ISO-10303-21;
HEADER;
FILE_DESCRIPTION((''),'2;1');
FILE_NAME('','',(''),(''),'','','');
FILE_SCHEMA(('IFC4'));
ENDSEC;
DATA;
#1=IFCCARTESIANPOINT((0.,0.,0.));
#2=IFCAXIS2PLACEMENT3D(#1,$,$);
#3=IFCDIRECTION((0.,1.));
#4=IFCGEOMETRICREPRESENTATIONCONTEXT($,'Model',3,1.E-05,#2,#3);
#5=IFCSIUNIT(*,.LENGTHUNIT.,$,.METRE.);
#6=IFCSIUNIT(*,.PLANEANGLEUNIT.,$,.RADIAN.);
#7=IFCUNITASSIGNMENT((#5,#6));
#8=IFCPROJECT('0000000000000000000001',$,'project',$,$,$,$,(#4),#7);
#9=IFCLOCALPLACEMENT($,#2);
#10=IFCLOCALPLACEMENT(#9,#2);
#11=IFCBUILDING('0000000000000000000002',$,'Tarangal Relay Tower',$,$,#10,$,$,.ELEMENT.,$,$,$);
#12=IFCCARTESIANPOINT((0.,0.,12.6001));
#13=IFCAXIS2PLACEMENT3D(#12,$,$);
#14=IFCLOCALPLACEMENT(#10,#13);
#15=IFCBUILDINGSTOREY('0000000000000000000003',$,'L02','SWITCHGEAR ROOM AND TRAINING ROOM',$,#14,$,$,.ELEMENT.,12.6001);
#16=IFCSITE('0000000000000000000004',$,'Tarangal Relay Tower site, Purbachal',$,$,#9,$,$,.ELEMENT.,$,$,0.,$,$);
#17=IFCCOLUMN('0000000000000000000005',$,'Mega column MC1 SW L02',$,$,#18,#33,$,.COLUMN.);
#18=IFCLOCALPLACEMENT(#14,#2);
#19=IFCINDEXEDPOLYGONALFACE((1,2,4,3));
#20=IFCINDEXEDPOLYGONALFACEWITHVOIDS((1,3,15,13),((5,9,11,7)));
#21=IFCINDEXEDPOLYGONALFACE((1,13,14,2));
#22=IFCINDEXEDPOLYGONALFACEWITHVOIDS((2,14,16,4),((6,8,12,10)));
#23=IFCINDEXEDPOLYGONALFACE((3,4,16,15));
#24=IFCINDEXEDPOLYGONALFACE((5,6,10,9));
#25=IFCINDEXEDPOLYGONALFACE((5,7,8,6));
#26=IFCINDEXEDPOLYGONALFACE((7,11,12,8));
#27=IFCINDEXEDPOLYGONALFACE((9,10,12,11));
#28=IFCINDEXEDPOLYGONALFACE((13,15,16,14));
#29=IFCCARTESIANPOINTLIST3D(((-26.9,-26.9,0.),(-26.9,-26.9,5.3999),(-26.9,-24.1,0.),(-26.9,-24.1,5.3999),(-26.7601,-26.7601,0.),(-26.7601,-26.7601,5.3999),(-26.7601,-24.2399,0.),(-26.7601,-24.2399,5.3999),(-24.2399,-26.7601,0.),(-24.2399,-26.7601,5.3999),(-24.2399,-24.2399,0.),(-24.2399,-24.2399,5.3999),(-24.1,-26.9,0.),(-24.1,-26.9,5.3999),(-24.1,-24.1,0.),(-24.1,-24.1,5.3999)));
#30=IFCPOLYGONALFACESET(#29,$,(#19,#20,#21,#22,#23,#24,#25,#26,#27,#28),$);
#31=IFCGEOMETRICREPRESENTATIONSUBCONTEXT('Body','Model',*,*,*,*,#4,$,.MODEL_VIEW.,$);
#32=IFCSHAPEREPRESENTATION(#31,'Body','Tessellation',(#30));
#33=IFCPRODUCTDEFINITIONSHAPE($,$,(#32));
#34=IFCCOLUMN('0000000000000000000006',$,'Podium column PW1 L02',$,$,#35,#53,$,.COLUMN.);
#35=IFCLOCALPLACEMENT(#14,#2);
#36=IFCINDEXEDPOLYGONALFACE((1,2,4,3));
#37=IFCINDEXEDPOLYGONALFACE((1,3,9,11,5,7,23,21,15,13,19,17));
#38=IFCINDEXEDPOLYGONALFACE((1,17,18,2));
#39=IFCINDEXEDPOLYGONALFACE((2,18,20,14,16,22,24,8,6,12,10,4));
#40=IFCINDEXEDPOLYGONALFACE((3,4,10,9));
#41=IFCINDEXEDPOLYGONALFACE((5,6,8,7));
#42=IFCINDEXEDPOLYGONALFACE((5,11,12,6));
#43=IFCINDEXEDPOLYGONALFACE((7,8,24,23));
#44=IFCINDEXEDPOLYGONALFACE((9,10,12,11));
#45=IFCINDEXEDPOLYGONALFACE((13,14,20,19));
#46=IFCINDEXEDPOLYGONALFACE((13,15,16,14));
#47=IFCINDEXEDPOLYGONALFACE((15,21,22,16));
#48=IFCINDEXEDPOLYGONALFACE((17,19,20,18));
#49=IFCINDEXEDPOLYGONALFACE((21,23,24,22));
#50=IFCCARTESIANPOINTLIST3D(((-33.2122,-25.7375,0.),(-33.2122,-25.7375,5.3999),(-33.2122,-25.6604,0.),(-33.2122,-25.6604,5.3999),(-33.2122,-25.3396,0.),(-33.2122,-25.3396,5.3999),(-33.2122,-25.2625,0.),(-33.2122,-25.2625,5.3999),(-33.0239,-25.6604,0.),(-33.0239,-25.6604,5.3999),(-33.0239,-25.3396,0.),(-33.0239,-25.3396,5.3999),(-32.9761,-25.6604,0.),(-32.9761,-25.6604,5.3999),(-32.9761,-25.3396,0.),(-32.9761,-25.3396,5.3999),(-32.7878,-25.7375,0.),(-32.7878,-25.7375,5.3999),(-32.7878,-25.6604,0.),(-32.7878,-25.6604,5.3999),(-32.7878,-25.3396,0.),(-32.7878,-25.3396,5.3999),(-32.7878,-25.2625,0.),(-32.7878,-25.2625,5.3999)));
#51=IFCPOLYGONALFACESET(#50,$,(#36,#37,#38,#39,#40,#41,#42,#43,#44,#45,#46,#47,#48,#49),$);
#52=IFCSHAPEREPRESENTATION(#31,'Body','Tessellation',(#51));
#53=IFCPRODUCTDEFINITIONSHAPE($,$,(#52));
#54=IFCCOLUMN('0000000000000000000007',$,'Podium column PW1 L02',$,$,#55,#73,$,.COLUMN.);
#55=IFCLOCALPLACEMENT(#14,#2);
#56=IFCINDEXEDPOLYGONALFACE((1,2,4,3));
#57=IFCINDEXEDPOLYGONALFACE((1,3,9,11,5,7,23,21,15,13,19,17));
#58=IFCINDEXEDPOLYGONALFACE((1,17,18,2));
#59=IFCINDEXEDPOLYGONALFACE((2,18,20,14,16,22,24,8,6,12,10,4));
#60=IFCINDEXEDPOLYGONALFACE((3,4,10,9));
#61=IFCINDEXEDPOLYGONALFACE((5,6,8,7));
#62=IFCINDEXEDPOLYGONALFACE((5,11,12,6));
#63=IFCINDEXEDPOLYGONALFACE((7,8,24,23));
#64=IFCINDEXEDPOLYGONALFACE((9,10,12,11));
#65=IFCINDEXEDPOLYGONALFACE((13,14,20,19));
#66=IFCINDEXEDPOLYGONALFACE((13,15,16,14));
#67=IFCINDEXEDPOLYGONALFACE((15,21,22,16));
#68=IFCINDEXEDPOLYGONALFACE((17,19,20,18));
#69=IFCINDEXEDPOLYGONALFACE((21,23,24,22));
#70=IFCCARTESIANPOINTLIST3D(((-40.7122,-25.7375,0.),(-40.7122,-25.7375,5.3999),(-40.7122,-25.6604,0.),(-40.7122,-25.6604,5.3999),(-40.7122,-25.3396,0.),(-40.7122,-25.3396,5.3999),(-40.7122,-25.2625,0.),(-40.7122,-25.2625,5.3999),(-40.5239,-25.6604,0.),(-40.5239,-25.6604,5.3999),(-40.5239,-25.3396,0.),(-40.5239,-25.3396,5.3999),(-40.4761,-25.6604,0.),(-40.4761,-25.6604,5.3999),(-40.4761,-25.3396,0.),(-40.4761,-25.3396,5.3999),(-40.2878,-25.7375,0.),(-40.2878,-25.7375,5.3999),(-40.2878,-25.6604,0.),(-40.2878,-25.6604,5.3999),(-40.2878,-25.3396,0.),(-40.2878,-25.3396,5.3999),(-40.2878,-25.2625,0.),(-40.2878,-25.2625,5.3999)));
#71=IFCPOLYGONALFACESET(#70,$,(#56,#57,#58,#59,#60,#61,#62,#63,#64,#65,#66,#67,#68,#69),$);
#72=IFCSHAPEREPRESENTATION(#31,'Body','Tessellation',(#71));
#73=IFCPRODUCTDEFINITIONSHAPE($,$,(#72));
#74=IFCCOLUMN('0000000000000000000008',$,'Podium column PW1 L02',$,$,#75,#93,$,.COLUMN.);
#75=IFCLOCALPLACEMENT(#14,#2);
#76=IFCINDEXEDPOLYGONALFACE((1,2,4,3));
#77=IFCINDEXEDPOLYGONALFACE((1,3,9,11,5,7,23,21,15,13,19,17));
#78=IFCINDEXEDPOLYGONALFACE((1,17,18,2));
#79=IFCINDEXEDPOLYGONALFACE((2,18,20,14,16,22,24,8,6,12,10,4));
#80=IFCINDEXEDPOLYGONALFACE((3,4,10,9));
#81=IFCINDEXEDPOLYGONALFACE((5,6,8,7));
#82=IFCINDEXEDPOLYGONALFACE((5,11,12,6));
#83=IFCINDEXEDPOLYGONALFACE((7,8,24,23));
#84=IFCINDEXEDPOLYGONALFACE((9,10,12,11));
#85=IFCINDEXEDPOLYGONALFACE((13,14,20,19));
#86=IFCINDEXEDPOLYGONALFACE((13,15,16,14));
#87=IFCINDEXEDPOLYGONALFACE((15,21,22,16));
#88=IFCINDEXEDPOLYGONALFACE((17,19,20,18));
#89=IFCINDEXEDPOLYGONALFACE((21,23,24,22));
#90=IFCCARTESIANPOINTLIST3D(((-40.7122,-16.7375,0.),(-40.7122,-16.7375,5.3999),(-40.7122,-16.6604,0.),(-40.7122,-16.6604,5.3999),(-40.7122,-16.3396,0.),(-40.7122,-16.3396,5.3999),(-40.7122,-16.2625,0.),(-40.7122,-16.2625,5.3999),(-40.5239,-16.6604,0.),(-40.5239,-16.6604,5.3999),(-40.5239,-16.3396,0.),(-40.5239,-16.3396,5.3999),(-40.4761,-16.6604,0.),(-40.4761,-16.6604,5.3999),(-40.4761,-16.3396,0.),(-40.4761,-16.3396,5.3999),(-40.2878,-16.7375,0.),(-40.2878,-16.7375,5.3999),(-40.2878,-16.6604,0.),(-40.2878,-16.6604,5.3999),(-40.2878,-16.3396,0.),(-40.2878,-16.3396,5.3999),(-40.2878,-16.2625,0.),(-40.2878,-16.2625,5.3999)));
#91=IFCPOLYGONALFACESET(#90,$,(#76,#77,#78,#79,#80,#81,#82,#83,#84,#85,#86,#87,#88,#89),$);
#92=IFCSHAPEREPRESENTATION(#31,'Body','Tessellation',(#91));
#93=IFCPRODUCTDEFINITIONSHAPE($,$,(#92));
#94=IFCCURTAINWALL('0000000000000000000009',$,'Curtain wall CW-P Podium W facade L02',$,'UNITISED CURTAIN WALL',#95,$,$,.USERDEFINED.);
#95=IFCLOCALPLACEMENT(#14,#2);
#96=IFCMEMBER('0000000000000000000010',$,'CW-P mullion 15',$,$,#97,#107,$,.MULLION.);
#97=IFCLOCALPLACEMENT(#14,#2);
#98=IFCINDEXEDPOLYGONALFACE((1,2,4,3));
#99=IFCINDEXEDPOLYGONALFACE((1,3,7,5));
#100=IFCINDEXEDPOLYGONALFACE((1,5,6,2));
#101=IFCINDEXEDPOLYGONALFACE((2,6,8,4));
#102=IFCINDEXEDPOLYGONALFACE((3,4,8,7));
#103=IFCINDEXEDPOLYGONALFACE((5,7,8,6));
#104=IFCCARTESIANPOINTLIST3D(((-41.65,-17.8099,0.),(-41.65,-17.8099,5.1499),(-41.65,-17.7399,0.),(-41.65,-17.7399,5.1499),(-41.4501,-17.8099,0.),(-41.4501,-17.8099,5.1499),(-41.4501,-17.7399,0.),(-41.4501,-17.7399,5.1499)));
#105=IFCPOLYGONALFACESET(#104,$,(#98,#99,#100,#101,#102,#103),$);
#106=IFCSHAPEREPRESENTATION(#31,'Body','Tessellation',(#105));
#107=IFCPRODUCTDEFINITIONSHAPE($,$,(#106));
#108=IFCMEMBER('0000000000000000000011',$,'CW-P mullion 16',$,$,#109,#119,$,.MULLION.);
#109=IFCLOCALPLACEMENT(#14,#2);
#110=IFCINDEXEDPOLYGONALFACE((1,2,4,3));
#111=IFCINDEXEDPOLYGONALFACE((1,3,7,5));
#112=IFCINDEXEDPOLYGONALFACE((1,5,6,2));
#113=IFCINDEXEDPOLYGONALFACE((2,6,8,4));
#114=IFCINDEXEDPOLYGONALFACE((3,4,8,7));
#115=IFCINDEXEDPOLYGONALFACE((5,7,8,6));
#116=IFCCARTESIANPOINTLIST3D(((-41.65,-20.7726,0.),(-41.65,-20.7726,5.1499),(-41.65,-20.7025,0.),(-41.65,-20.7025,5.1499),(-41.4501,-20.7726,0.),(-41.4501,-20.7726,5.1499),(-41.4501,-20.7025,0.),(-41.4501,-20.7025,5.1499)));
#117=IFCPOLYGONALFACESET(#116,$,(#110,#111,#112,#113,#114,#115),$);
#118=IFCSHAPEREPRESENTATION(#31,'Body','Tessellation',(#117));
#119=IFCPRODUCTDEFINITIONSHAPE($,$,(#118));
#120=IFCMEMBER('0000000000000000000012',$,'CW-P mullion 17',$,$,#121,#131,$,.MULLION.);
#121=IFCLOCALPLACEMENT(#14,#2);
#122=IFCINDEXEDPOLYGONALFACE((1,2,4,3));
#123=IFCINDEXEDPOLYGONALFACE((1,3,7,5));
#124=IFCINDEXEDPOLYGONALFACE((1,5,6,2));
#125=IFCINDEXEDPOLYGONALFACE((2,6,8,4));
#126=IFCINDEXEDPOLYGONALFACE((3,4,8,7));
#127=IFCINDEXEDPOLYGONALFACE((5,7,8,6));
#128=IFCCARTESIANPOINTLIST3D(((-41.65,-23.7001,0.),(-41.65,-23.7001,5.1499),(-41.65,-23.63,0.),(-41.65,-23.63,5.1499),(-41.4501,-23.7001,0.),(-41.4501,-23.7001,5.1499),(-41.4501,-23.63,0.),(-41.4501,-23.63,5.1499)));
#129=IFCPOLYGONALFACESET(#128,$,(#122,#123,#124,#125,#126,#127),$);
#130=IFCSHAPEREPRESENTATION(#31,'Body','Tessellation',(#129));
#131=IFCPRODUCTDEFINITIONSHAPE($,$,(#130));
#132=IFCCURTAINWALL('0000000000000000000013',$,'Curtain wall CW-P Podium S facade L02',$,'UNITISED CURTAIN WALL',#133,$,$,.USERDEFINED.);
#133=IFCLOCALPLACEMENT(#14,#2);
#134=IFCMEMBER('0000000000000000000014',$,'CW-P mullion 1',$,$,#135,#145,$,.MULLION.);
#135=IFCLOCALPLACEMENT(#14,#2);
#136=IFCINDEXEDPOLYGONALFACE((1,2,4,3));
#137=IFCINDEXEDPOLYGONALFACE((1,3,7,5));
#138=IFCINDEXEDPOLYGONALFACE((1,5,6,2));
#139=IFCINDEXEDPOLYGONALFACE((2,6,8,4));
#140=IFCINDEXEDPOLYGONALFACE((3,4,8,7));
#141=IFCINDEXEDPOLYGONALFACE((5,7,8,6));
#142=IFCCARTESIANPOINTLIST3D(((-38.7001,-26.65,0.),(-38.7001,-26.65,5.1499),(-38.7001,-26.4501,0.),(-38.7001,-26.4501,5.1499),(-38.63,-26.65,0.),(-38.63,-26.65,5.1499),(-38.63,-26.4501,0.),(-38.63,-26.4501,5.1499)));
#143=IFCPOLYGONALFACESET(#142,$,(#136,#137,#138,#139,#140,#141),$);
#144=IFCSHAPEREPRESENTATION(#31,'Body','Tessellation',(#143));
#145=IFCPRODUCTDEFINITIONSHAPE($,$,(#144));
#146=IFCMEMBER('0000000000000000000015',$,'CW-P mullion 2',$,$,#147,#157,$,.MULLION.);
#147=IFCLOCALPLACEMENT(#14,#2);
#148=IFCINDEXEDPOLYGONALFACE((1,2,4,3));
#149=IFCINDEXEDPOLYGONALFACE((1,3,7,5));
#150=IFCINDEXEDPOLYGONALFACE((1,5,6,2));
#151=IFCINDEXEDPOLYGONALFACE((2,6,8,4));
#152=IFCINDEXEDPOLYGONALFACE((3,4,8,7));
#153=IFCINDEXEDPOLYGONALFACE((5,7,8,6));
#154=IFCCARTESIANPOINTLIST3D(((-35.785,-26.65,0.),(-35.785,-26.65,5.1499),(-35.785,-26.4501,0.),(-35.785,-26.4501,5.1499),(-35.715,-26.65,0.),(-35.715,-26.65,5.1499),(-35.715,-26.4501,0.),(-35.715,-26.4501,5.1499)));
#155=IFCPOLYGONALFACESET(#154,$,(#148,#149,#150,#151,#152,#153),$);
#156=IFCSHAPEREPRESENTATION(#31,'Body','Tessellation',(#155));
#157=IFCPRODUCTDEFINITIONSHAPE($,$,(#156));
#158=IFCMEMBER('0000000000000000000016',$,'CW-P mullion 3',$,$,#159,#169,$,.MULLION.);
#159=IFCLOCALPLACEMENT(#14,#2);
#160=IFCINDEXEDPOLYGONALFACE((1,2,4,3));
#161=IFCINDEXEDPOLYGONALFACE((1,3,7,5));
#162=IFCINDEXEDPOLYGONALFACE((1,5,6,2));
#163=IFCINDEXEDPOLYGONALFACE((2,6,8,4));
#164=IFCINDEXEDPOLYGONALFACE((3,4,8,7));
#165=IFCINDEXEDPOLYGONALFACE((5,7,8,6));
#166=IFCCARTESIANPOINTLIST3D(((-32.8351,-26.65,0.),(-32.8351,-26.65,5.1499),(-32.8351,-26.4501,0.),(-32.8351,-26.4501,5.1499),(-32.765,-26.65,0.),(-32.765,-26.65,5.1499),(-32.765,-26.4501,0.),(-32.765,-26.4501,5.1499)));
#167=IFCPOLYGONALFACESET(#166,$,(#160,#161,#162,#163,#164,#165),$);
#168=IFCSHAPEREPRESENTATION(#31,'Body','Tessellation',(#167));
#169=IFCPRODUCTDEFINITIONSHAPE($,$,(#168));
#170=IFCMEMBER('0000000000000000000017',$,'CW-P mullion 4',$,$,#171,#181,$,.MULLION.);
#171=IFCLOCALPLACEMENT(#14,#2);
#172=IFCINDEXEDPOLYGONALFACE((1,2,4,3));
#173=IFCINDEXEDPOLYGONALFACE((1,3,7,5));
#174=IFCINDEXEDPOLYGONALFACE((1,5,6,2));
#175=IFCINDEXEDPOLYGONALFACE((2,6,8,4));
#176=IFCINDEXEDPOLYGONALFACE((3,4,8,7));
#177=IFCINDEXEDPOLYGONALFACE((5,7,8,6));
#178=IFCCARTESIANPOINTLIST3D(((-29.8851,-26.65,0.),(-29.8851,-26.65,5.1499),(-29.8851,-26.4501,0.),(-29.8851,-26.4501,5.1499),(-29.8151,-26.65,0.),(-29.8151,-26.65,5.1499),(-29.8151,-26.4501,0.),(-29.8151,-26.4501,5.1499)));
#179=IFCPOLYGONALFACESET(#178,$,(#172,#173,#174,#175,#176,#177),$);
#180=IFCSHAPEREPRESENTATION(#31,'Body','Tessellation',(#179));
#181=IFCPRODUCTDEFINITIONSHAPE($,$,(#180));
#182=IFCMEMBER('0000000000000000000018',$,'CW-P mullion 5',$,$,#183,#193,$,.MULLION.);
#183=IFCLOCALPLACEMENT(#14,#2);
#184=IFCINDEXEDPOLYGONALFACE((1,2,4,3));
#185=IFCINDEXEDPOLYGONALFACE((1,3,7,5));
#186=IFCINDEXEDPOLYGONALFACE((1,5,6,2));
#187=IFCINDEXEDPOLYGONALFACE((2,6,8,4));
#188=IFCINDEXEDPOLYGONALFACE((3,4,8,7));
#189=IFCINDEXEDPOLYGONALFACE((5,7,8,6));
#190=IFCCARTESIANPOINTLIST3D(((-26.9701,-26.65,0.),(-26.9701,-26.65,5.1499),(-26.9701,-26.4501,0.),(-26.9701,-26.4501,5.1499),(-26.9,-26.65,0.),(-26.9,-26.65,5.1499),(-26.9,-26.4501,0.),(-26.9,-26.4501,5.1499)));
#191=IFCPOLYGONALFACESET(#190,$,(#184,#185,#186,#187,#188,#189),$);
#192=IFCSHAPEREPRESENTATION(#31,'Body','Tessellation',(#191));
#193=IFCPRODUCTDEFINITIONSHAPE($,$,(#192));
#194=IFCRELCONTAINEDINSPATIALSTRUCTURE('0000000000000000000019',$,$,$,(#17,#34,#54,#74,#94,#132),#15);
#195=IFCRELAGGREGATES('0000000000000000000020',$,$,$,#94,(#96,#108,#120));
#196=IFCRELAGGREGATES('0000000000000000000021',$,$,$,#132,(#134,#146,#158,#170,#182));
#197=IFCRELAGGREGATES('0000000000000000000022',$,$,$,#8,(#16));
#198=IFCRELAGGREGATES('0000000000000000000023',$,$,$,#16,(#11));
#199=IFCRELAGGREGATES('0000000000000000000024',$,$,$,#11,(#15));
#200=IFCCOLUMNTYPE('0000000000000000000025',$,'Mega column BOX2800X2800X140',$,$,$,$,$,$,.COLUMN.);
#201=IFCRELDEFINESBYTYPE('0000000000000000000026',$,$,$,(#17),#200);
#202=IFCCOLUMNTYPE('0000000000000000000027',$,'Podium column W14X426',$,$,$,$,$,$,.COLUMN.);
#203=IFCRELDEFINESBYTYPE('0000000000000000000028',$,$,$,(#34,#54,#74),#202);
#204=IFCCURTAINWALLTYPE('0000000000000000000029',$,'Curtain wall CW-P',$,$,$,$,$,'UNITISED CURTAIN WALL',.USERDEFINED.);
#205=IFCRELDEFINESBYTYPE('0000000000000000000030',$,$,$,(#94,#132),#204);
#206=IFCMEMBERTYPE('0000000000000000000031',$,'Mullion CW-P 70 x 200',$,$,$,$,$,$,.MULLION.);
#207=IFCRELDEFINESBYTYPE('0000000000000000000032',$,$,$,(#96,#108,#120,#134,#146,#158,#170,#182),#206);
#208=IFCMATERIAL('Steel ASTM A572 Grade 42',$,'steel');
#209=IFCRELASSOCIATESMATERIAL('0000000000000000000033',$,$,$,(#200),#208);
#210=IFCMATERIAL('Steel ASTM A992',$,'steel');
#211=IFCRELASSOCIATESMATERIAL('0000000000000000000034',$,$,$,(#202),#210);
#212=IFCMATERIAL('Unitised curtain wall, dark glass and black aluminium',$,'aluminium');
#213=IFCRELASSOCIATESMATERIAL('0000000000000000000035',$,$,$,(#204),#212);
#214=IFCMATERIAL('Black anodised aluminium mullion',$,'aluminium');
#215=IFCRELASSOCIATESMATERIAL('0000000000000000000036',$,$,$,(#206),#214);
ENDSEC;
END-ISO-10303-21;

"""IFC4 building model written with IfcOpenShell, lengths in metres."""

from ifc_helpers import new_model, si_unit, direction, frame, origin, origin_2d, place, context, subcontext, project, spatial, rectangle, hollow_rectangle, i_section, extrude, material, material_profile, profile_set, type_object, element, aggregate, save


model = new_model("IFC4")

# Units and contexts
model_context = context("Model", 3, precision=1e-05, world=origin(), true_north=direction((0.0, 1.0)))
body_context = subcontext(model_context, "Body", "Model", "MODEL_VIEW")
ifc_project = project(units=[si_unit("LENGTHUNIT", "METRE"), si_unit("PLANEANGLEUNIT", "RADIAN")], contexts=[model_context])

# Site, building, storey
site_placement = place(None, origin())
site = spatial("IfcSite", under=ifc_project, at=site_placement, Name="Tarangal Relay Tower site, Purbachal", CompositionType="ELEMENT", RefElevation=0.0)
building_placement = place(site_placement, origin())
building = spatial("IfcBuilding", under=site, at=building_placement, Name="Tarangal Relay Tower", CompositionType="ELEMENT")
storey_placement = place(building_placement, frame((0.0, 0.0, 12.6001)))
storey = spatial("IfcBuildingStorey", under=building, at=storey_placement, Name="L02", Description="SWITCHGEAR ROOM AND TRAINING ROOM", CompositionType="ELEMENT", Elevation=12.6001)

# Columns
ifc_material_1 = material(Name="Steel ASTM A572 Grade 42", Category="steel")
ifc_material_profile_1 = material_profile(ifc_material_1, hollow_rectangle(XDim=2.8, YDim=2.8, WallThickness=0.1399, at=origin_2d()), Name="BOX2800X2800X140")
ifc_profile_set_1 = profile_set([ifc_material_profile_1], Name="Steel ASTM A572 Grade 42")
column_type_1 = type_object("IfcColumnType", Name="Mega column BOX2800X2800X140", PredefinedType="COLUMN", material=ifc_profile_set_1)
column_placement = place(storey_placement, frame((-25.5, -25.5, 0.0), z_axis=(0.0, 0.0, 1.0), x_axis=(1.0, 0.0, 0.0)))
element("IfcColumn", 1, at=column_placement, inside=storey, type_object=column_type_1, Name="Mega column MC1 SW L02", PredefinedType="COLUMN", context=body_context, shape_type="SweptSolid", body=[
    extrude(hollow_rectangle(XDim=2.8, YDim=2.8, WallThickness=0.1399, at=origin_2d()), origin(), (0.0, 0.0, 1.0), 5.3999),
])
ifc_material_2 = material(Name="Steel ASTM A992", Category="steel")
ifc_material_profile_2 = material_profile(ifc_material_2, i_section(OverallWidth=0.4243, OverallDepth=0.4751, WebThickness=0.0479, FlangeThickness=0.0771, at=origin_2d()), Name="W14X426")
ifc_profile_set_2 = profile_set([ifc_material_profile_2], Name="Steel ASTM A992")
column_type_2 = type_object("IfcColumnType", Name="Podium column W14X426", PredefinedType="COLUMN", material=ifc_profile_set_2)
for number, where, z_axis, x_axis, name in (
    (2, (-33.0, -25.5, 0.0), (0.0, 0.0, 1.0), (1.0, 0.0, 0.0), "Podium column PW1 L02"),
    (3, (-40.5, -25.5, 0.0), (0.0, 0.0, 1.0), (1.0, 0.0, 0.0), "Podium column PW1 L02"),
    (4, (-40.5, -16.5, 0.0), (0.0, 0.0, 1.0), (1.0, 0.0, 0.0), "Podium column PW1 L02"),
):
    element("IfcColumn", number, at=place(storey_placement, frame(where, z_axis=z_axis, x_axis=x_axis)), inside=storey, type_object=column_type_2, Name=name, PredefinedType="COLUMN", context=body_context, shape_type="SweptSolid", body=[
        extrude(i_section(OverallWidth=0.4243, OverallDepth=0.4751, WebThickness=0.0479, FlangeThickness=0.0771, at=origin_2d()), origin(), (0.0, 0.0, 1.0), 5.3999),
    ])

# Curtain walls, members
ifc_material_3 = material(Name="Unitised curtain wall, dark glass and black aluminium", Category="aluminium")
curtain_wall_type = type_object("IfcCurtainWallType", Name="Curtain wall CW-P", ElementType="UNITISED CURTAIN WALL", PredefinedType="USERDEFINED", material=ifc_material_3)
curtain_wall_1_placement = place(storey_placement, origin())
curtain_wall_1 = element("IfcCurtainWall", 5, at=curtain_wall_1_placement, inside=storey, type_object=curtain_wall_type, Name="Curtain wall CW-P Podium W facade L02", ObjectType="UNITISED CURTAIN WALL", PredefinedType="USERDEFINED")
ifc_material_4 = material(Name="Black anodised aluminium mullion", Category="aluminium")
ifc_material_profile_3 = material_profile(ifc_material_4, rectangle(XDim=0.2, YDim=0.0701, at=origin_2d()), Name="CW-PM 70X200")
ifc_profile_set_3 = profile_set([ifc_material_profile_3], Name="Black anodised aluminium mullion")
member_type_1 = type_object("IfcMemberType", Name="Mullion CW-P 70 x 200", PredefinedType="MULLION", material=ifc_profile_set_3)
member_1_placement = place(storey_placement, frame((-41.55, -17.7749, 0.0), z_axis=(0.0, 0.0, 1.0), x_axis=(1.0, 0.0, 0.0)))
member_1 = element("IfcMember", 6, at=member_1_placement, type_object=member_type_1, Name="CW-P mullion 15", PredefinedType="MULLION", context=body_context, shape_type="SweptSolid", body=[
    extrude(rectangle(XDim=0.2, YDim=0.0701, at=origin_2d()), origin(), (0.0, 0.0, 1.0), 5.1499),
])
member_2_placement = place(storey_placement, frame((-41.55, -20.7375, 0.0), z_axis=(0.0, 0.0, 1.0), x_axis=(1.0, 0.0, 0.0)))
member_2 = element("IfcMember", 7, at=member_2_placement, type_object=member_type_1, Name="CW-P mullion 16", PredefinedType="MULLION", context=body_context, shape_type="SweptSolid", body=[
    extrude(rectangle(XDim=0.2, YDim=0.0701, at=origin_2d()), origin(), (0.0, 0.0, 1.0), 5.1499),
])
member_3_placement = place(storey_placement, frame((-41.55, -23.665, 0.0), z_axis=(0.0, 0.0, 1.0), x_axis=(1.0, 0.0, 0.0)))
member_3 = element("IfcMember", 8, at=member_3_placement, type_object=member_type_1, Name="CW-P mullion 17", PredefinedType="MULLION", context=body_context, shape_type="SweptSolid", body=[
    extrude(rectangle(XDim=0.2, YDim=0.0701, at=origin_2d()), origin(), (0.0, 0.0, 1.0), 5.1499),
])
curtain_wall_2_placement = place(storey_placement, origin())
curtain_wall_2 = element("IfcCurtainWall", 9, at=curtain_wall_2_placement, inside=storey, type_object=curtain_wall_type, Name="Curtain wall CW-P Podium S facade L02", ObjectType="UNITISED CURTAIN WALL", PredefinedType="USERDEFINED")
member_4_placement = place(storey_placement, frame((-38.665, -26.55, 0.0), z_axis=(0.0, 0.0, 1.0), x_axis=(0.0, 1.0, 0.0)))
member_4 = element("IfcMember", 10, at=member_4_placement, type_object=member_type_1, Name="CW-P mullion 1", PredefinedType="MULLION", context=body_context, shape_type="SweptSolid", body=[
    extrude(rectangle(XDim=0.2, YDim=0.0701, at=origin_2d()), origin(), (0.0, 0.0, 1.0), 5.1499),
])
member_5_placement = place(storey_placement, frame((-35.75, -26.55, 0.0), z_axis=(0.0, 0.0, 1.0), x_axis=(0.0, 1.0, 0.0)))
member_5 = element("IfcMember", 11, at=member_5_placement, type_object=member_type_1, Name="CW-P mullion 2", PredefinedType="MULLION", context=body_context, shape_type="SweptSolid", body=[
    extrude(rectangle(XDim=0.2, YDim=0.0701, at=origin_2d()), origin(), (0.0, 0.0, 1.0), 5.1499),
])
member_6_placement = place(storey_placement, frame((-32.8, -26.55, 0.0), z_axis=(0.0, 0.0, 1.0), x_axis=(0.0, 1.0, 0.0)))
member_6 = element("IfcMember", 12, at=member_6_placement, type_object=member_type_1, Name="CW-P mullion 3", PredefinedType="MULLION", context=body_context, shape_type="SweptSolid", body=[
    extrude(rectangle(XDim=0.2, YDim=0.0701, at=origin_2d()), origin(), (0.0, 0.0, 1.0), 5.1499),
])
member_7_placement = place(storey_placement, frame((-29.8501, -26.55, 0.0), z_axis=(0.0, 0.0, 1.0), x_axis=(0.0, 1.0, 0.0)))
member_7 = element("IfcMember", 13, at=member_7_placement, type_object=member_type_1, Name="CW-P mullion 4", PredefinedType="MULLION", context=body_context, shape_type="SweptSolid", body=[
    extrude(rectangle(XDim=0.2, YDim=0.0701, at=origin_2d()), origin(), (0.0, 0.0, 1.0), 5.1499),
])
member_8_placement = place(storey_placement, frame((-26.9351, -26.55, 0.0), z_axis=(0.0, 0.0, 1.0), x_axis=(0.0, 1.0, 0.0)))
member_8 = element("IfcMember", 14, at=member_8_placement, type_object=member_type_1, Name="CW-P mullion 5", PredefinedType="MULLION", context=body_context, shape_type="SweptSolid", body=[
    extrude(rectangle(XDim=0.2, YDim=0.0701, at=origin_2d()), origin(), (0.0, 0.0, 1.0), 5.1499),
])

aggregate(curtain_wall_1, [member_1, member_2, member_3])
aggregate(curtain_wall_2, [member_4, member_5, member_6, member_7, member_8])

save(model, "model.ifc")
